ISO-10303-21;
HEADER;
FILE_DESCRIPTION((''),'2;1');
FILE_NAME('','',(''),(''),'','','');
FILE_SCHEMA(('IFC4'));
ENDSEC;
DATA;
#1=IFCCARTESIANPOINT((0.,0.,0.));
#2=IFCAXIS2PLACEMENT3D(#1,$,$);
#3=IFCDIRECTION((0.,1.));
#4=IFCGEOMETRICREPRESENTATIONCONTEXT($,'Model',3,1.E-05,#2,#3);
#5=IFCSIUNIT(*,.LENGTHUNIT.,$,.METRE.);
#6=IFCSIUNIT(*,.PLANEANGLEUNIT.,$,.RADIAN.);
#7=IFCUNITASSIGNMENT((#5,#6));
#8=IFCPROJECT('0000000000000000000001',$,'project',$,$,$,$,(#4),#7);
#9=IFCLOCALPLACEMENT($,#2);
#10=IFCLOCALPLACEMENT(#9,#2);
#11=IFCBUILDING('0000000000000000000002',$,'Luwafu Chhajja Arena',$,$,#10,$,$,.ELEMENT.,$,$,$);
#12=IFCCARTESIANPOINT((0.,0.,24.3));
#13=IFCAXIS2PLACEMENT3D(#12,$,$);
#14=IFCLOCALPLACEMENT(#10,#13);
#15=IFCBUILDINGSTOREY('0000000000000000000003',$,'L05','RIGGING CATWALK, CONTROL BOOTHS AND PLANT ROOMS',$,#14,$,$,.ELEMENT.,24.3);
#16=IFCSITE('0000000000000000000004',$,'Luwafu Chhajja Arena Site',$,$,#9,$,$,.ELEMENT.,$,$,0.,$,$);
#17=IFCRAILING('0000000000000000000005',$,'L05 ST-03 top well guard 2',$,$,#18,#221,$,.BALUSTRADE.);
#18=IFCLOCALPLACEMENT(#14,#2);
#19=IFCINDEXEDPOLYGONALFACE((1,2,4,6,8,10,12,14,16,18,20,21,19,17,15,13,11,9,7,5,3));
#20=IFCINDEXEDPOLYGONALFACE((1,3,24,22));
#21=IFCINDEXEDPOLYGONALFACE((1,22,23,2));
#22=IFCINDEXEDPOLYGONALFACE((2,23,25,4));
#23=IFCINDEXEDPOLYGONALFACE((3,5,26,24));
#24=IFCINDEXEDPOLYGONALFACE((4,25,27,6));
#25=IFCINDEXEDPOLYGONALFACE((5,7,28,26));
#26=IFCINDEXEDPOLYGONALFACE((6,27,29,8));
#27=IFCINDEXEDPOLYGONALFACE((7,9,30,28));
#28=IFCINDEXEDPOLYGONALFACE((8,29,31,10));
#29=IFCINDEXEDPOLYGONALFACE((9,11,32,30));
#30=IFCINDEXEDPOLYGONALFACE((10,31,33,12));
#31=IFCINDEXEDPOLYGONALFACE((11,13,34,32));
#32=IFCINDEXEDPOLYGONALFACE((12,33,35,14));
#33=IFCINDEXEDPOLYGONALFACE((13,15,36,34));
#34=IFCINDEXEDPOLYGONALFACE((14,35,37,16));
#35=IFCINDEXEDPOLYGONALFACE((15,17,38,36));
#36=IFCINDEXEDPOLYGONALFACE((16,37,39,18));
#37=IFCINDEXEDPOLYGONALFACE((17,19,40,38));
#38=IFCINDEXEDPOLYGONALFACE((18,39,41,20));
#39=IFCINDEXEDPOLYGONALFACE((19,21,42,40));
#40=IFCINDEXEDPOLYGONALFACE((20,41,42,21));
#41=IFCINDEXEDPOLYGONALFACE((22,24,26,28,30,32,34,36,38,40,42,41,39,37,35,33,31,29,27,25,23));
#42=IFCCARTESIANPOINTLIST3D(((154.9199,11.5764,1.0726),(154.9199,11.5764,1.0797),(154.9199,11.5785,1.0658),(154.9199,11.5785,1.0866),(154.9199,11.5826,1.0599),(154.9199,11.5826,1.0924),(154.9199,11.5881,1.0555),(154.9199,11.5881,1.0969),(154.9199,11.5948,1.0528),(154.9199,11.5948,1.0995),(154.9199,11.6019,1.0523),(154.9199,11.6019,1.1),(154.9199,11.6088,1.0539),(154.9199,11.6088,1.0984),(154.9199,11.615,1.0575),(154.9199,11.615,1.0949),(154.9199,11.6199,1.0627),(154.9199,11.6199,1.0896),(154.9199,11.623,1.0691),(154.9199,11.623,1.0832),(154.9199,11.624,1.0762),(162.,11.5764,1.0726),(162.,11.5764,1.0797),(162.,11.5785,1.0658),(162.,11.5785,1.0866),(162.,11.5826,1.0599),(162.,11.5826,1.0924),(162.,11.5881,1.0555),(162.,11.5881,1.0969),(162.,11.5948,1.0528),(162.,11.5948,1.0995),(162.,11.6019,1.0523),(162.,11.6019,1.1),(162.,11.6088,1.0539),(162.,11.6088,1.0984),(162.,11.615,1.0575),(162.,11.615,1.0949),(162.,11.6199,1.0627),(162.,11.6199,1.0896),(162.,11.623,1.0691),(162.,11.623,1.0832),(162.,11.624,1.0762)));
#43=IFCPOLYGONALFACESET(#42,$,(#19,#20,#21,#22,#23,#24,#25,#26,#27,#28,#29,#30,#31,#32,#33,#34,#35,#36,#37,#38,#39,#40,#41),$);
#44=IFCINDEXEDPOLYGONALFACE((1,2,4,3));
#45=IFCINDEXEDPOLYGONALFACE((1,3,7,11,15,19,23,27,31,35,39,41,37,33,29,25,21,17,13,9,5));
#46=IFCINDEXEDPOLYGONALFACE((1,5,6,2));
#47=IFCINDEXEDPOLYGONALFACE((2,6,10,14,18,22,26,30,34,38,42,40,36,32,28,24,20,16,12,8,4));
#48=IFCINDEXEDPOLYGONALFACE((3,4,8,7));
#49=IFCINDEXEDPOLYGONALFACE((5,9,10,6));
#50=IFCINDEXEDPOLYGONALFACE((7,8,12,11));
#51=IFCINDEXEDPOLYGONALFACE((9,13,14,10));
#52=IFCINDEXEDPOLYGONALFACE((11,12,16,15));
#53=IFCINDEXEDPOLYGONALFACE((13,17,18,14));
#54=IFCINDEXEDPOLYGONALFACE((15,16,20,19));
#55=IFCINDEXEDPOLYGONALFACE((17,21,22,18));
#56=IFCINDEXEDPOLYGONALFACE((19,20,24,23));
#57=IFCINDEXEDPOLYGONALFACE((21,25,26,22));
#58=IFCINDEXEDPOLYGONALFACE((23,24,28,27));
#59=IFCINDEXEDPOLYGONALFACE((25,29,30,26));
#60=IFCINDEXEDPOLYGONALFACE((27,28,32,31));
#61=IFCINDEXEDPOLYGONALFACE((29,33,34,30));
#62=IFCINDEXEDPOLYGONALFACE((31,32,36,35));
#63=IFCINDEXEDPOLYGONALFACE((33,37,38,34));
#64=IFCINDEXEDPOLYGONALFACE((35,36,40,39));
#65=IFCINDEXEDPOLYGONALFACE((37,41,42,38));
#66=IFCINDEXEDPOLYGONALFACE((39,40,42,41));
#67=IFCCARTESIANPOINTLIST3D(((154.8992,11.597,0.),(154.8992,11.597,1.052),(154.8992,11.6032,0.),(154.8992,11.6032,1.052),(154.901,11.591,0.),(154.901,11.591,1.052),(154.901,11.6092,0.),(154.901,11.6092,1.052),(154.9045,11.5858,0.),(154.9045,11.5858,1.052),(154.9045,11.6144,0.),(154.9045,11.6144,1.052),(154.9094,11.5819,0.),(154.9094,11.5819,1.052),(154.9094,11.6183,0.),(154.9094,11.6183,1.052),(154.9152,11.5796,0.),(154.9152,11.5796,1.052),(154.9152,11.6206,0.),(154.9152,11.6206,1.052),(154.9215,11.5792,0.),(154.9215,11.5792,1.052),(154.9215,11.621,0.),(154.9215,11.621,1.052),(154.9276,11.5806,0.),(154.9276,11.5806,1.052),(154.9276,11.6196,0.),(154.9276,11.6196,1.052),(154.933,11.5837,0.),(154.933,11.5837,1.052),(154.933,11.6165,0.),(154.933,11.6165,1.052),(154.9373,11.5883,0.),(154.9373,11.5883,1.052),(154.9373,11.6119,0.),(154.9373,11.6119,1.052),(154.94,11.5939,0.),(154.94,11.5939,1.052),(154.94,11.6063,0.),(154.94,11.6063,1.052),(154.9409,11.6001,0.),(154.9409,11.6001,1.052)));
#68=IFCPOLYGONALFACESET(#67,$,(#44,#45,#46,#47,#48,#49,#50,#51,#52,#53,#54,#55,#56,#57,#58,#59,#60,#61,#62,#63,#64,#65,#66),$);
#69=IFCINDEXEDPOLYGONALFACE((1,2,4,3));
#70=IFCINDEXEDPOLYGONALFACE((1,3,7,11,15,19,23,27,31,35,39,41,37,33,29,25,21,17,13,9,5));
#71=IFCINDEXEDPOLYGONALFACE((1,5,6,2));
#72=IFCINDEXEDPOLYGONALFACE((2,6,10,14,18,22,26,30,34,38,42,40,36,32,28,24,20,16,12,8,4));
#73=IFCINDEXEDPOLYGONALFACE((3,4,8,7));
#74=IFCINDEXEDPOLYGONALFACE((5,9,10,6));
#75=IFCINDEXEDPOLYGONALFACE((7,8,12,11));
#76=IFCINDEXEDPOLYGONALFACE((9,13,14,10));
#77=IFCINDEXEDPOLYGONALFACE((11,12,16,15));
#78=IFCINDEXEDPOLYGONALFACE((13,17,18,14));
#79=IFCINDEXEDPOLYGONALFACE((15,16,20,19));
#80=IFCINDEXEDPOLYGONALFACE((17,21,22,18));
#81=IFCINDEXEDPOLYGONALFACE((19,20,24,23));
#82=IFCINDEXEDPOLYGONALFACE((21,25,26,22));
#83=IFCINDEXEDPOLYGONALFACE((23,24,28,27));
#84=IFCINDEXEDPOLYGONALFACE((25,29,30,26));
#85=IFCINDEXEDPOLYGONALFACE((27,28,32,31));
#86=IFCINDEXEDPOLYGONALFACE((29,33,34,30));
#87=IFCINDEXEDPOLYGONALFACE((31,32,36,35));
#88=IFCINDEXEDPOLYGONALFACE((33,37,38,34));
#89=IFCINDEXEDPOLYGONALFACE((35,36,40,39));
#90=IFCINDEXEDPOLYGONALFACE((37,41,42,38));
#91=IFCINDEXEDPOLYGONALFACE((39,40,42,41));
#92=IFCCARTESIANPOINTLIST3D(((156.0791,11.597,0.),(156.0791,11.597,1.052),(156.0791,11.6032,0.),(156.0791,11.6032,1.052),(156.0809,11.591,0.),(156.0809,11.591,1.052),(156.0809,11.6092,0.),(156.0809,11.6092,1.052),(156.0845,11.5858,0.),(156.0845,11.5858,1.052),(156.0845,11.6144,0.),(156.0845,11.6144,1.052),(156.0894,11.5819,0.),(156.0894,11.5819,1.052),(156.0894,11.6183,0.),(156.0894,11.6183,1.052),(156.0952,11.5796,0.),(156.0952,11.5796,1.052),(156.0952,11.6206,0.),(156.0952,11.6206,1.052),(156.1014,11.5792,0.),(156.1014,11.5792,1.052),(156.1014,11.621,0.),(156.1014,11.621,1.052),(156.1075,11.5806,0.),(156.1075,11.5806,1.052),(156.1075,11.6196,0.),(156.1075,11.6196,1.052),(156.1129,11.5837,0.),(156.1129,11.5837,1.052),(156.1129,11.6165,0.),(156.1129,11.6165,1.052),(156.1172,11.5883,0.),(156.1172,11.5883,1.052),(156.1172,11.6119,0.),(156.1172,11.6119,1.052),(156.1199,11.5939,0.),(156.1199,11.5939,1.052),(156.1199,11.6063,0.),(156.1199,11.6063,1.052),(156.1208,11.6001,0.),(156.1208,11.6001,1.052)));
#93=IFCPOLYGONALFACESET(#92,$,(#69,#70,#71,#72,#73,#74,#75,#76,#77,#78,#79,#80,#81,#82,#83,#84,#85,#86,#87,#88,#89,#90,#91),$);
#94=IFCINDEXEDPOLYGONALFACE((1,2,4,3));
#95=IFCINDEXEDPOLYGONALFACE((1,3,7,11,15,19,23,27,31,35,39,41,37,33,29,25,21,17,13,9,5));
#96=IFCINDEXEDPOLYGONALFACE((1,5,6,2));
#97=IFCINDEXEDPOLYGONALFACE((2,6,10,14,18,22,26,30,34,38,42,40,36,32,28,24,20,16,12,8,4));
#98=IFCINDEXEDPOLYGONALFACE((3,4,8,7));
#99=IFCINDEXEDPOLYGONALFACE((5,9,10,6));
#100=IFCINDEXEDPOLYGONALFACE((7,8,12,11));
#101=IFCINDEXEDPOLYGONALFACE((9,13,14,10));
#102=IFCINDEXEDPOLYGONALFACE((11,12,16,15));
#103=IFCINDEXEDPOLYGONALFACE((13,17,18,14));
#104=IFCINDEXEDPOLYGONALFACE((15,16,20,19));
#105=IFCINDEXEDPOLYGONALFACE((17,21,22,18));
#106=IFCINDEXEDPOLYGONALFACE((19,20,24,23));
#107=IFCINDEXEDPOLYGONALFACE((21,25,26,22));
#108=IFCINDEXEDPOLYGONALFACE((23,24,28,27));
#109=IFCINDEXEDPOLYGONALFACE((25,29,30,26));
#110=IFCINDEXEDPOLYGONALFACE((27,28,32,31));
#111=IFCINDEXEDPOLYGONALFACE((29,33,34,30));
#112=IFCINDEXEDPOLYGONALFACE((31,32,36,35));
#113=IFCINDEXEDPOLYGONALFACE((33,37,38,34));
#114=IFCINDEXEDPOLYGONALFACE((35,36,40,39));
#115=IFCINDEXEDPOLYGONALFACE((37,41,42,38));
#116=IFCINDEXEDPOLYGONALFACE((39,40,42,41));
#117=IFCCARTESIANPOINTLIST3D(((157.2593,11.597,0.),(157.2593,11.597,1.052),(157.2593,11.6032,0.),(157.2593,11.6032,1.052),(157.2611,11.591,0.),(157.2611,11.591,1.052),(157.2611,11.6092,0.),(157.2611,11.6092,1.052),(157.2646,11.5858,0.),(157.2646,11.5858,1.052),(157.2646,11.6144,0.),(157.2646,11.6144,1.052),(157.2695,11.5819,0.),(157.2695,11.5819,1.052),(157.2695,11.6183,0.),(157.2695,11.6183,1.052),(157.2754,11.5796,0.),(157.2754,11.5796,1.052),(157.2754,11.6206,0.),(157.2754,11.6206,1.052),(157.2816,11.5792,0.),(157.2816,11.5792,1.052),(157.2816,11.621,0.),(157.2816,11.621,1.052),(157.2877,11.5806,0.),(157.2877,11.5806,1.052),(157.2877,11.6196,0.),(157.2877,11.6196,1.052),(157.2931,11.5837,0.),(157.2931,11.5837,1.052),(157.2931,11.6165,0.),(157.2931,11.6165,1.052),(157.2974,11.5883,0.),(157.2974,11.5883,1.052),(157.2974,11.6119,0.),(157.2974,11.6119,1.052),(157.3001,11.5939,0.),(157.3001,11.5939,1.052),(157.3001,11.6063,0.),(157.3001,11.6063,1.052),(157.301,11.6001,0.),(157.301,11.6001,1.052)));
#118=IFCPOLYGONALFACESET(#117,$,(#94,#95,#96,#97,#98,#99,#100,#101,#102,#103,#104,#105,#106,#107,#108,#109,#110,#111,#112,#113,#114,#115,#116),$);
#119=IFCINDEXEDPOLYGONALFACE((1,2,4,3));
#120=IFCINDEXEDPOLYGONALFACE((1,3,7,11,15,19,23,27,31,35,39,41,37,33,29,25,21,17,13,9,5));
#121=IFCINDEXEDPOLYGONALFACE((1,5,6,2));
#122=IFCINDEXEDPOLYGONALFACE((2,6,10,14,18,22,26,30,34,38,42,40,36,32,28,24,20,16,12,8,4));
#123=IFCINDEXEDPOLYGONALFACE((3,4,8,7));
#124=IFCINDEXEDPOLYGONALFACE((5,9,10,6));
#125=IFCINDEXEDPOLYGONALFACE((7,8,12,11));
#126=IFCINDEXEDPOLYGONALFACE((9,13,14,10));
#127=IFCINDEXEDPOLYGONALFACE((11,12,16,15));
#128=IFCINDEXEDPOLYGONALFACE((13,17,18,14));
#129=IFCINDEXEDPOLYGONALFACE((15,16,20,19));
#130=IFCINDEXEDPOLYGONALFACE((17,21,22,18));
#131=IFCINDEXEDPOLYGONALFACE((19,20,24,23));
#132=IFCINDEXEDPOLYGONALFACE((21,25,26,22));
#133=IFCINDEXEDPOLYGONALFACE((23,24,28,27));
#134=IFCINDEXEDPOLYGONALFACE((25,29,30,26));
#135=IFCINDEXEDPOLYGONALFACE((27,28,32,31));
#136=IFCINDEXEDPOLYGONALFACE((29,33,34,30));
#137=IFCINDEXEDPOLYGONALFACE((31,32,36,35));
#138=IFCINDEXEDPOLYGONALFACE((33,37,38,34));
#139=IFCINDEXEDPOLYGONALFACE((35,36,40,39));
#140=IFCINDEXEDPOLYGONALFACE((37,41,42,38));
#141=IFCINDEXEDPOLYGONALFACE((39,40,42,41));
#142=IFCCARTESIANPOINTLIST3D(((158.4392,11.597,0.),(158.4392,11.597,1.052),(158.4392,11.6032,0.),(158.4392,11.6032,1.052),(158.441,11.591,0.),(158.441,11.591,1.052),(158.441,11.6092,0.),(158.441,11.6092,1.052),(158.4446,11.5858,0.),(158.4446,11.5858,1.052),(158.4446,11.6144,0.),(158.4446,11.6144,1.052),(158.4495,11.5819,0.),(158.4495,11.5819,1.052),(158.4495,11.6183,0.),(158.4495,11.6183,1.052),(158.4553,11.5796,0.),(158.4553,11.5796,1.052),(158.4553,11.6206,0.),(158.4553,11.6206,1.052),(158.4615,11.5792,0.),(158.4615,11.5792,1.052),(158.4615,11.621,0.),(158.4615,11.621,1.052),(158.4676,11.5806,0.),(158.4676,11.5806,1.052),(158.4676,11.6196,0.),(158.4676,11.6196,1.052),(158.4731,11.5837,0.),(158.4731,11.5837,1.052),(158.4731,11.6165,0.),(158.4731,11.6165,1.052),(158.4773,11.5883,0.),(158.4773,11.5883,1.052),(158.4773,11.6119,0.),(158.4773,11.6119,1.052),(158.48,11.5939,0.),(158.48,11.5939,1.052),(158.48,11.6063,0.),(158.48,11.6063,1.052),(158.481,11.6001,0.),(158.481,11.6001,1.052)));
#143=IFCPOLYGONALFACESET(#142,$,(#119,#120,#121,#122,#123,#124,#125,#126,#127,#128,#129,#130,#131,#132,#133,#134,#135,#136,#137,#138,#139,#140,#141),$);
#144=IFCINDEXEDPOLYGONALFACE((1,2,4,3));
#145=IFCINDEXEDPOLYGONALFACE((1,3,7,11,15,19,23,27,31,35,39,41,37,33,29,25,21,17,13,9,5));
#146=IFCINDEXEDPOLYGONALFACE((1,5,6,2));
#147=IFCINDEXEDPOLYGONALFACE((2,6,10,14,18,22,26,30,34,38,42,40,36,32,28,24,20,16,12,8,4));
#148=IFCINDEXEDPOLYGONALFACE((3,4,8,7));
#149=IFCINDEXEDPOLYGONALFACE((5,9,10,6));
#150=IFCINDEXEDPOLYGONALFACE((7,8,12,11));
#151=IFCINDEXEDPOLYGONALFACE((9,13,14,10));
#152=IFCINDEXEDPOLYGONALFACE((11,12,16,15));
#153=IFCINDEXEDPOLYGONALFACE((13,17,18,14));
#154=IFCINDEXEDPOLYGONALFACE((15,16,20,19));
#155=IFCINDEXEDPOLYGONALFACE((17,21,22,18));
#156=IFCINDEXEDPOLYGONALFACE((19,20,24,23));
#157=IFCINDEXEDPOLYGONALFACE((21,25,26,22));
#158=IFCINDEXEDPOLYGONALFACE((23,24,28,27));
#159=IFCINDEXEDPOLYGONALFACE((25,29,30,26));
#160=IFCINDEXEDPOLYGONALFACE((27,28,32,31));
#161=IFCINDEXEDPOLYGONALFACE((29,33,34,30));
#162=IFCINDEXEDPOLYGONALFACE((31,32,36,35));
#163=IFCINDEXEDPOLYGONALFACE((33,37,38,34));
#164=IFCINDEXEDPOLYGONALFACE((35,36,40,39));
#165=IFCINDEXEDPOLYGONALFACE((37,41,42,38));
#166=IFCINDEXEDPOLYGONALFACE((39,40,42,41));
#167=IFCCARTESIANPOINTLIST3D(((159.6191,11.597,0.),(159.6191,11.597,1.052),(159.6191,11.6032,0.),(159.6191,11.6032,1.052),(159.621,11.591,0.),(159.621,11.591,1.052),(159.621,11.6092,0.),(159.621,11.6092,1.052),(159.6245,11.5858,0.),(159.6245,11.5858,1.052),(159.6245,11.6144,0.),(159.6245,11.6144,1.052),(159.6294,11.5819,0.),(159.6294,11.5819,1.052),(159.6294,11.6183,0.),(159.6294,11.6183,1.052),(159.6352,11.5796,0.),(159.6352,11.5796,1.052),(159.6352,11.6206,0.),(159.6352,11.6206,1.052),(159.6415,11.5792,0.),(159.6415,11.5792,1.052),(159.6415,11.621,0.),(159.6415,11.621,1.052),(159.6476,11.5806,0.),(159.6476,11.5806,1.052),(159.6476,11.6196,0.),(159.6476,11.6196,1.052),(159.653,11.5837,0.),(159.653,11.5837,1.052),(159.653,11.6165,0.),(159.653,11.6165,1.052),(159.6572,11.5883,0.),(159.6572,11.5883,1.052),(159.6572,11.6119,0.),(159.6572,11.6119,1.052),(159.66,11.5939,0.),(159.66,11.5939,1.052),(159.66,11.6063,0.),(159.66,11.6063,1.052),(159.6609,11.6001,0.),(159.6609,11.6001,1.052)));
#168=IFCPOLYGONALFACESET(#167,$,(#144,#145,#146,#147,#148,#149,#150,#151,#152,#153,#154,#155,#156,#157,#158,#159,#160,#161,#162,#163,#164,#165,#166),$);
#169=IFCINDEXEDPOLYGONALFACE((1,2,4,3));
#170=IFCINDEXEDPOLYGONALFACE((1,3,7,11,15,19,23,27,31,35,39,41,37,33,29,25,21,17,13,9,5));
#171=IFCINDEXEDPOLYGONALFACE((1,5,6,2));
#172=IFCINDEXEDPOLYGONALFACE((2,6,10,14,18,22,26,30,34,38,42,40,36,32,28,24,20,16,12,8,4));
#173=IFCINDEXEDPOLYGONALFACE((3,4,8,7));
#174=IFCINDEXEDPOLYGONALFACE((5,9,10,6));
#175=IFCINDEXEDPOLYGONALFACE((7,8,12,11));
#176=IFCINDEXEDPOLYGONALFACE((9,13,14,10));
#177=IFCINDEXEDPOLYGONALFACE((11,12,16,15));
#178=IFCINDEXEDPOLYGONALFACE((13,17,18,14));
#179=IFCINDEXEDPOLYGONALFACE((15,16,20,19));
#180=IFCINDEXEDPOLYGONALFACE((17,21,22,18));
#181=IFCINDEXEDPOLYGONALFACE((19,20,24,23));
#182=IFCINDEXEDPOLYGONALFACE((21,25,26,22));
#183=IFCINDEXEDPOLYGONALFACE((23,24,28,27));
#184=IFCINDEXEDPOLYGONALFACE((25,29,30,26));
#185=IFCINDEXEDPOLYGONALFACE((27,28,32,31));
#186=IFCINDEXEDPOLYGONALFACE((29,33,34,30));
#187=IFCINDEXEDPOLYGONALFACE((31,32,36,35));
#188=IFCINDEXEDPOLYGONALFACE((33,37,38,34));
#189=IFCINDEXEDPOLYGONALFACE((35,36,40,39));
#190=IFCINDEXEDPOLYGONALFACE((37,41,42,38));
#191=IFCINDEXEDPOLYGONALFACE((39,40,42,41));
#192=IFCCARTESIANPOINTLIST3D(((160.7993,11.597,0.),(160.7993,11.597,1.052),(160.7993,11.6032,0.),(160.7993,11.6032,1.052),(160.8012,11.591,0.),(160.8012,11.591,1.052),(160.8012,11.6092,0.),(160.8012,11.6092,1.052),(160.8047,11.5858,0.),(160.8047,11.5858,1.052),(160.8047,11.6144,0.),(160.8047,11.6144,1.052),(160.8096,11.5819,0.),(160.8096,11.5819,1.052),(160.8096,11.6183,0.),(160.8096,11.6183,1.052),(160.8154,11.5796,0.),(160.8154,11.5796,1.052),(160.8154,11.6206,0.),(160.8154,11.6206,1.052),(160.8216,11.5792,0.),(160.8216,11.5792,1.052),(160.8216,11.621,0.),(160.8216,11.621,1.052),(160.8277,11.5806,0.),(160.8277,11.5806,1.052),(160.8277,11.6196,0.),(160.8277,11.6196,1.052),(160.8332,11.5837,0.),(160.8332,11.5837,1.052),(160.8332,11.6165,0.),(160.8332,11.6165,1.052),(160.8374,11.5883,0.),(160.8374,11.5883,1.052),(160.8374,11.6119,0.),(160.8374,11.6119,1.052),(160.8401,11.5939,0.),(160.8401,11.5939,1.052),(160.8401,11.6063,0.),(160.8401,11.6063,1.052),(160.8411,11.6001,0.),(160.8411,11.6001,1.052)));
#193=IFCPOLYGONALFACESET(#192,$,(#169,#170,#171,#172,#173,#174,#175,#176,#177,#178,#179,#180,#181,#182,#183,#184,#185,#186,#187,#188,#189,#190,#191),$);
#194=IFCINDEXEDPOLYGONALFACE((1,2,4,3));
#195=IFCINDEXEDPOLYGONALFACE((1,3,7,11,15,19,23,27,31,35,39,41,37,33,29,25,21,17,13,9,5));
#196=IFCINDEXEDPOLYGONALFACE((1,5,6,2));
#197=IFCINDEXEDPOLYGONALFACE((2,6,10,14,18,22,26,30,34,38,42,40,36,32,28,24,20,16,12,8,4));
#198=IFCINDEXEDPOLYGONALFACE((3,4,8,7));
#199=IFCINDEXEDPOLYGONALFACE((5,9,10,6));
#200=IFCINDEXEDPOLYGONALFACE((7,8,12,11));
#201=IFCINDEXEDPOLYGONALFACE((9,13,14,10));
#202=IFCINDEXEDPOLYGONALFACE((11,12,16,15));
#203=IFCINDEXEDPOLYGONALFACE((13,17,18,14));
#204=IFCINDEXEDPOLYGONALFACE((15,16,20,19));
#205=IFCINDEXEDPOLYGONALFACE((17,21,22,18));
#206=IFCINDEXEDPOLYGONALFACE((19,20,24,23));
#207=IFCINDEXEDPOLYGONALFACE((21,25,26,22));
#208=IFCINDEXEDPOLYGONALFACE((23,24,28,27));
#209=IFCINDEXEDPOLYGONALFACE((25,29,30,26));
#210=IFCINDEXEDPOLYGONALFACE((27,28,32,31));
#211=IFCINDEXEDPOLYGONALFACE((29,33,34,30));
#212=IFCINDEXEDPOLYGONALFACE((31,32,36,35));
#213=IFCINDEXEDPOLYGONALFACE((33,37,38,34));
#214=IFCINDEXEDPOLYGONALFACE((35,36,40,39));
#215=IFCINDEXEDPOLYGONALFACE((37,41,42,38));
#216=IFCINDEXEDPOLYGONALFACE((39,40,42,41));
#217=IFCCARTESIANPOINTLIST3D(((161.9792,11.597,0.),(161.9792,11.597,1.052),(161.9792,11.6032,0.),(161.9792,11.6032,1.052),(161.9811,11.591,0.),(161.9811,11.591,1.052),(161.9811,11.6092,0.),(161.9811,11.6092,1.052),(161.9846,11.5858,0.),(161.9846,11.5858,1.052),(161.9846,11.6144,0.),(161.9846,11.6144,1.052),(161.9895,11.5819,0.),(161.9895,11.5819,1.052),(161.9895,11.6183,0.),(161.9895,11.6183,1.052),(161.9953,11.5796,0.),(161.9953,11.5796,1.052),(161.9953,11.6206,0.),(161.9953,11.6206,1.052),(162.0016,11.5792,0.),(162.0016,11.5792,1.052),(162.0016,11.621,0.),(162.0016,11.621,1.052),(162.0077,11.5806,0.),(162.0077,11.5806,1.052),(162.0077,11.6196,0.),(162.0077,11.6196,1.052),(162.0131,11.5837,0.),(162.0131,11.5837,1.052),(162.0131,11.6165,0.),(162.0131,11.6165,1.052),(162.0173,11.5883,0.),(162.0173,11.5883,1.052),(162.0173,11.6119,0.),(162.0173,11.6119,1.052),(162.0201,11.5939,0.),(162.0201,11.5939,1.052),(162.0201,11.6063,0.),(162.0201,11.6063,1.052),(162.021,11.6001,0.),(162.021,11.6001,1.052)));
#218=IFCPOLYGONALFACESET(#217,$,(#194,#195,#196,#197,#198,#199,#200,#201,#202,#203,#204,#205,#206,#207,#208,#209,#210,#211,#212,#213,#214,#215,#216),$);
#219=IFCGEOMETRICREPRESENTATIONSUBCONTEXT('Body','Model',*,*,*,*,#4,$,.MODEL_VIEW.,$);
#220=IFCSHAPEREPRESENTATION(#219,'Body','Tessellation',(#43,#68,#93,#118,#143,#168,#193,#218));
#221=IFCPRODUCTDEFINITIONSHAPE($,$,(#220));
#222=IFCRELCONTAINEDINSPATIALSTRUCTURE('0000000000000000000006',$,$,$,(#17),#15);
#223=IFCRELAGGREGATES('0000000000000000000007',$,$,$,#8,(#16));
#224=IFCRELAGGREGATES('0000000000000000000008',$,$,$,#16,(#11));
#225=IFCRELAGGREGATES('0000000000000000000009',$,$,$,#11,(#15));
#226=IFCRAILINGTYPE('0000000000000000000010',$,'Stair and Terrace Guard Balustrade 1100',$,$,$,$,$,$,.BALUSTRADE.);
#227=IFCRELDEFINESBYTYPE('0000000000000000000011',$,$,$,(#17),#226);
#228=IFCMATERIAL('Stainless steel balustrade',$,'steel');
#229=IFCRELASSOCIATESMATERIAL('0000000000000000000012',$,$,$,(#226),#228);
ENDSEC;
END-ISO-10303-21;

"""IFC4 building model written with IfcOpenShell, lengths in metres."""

from ifc_helpers import new_model, si_unit, direction, frame, origin, origin_2d, place, context, subcontext, project, spatial, circle, extrude, material, type_object, element, save


model = new_model("IFC4")

# Units and contexts
model_context = context("Model", 3, precision=1e-05, world=origin(), true_north=direction((0.0, 1.0)))
body_context = subcontext(model_context, "Body", "Model", "MODEL_VIEW")
ifc_project = project(units=[si_unit("LENGTHUNIT", "METRE"), si_unit("PLANEANGLEUNIT", "RADIAN")], contexts=[model_context])

# Site, building, storey
site_placement = place(None, origin())
site = spatial("IfcSite", under=ifc_project, at=site_placement, Name="Luwafu Chhajja Arena Site", CompositionType="ELEMENT", RefElevation=0.0)
building_placement = place(site_placement, origin())
building = spatial("IfcBuilding", under=site, at=building_placement, Name="Luwafu Chhajja Arena", CompositionType="ELEMENT")
storey_placement = place(building_placement, frame((0.0, 0.0, 24.3)))
storey = spatial("IfcBuildingStorey", under=building, at=storey_placement, Name="L05", Description="RIGGING CATWALK, CONTROL BOOTHS AND PLANT ROOMS", CompositionType="ELEMENT", Elevation=24.3)

# Railing
ifc_material_1 = material(Name="Stainless steel balustrade", Category="steel")
railing_type = type_object("IfcRailingType", Name="Stair and Terrace Guard Balustrade 1100", PredefinedType="BALUSTRADE", material=ifc_material_1)
for number, where, name in (
    (1, (154.9199, 11.6001, 0.0), "L05 ST-03 top well guard 2"),
):
    element("IfcRailing", number, at=place(storey_placement, frame(where)), inside=storey, type_object=railing_type, Name=name, PredefinedType="BALUSTRADE", context=body_context, shape_type="SweptSolid", body=[
        extrude(circle(Radius=0.0239, at=origin_2d()), frame((0.0, 0.0, 1.0762), z_axis=(1.0, 0.0, 0.0), x_axis=(0.0, 1.0, 0.0)), (0.0, 0.0, 1.0), 7.0801),
        extrude(circle(Radius=0.021, at=origin_2d()), origin(), (0.0, 0.0, 1.0), 1.052),
        extrude(circle(Radius=0.021, at=origin_2d()), frame((1.1799, 0.0, 0.0)), (0.0, 0.0, 1.0), 1.052),
        extrude(circle(Radius=0.021, at=origin_2d()), frame((2.3601, 0.0, 0.0)), (0.0, 0.0, 1.0), 1.052),
        extrude(circle(Radius=0.021, at=origin_2d()), frame((3.54, 0.0, 0.0)), (0.0, 0.0, 1.0), 1.052),
        extrude(circle(Radius=0.021, at=origin_2d()), frame((4.72, 0.0, 0.0)), (0.0, 0.0, 1.0), 1.052),
        extrude(circle(Radius=0.021, at=origin_2d()), frame((5.9001, 0.0, 0.0)), (0.0, 0.0, 1.0), 1.052),
        extrude(circle(Radius=0.021, at=origin_2d()), frame((7.0801, 0.0, 0.0)), (0.0, 0.0, 1.0), 1.052),
    ])

save(model, "model.ifc")
